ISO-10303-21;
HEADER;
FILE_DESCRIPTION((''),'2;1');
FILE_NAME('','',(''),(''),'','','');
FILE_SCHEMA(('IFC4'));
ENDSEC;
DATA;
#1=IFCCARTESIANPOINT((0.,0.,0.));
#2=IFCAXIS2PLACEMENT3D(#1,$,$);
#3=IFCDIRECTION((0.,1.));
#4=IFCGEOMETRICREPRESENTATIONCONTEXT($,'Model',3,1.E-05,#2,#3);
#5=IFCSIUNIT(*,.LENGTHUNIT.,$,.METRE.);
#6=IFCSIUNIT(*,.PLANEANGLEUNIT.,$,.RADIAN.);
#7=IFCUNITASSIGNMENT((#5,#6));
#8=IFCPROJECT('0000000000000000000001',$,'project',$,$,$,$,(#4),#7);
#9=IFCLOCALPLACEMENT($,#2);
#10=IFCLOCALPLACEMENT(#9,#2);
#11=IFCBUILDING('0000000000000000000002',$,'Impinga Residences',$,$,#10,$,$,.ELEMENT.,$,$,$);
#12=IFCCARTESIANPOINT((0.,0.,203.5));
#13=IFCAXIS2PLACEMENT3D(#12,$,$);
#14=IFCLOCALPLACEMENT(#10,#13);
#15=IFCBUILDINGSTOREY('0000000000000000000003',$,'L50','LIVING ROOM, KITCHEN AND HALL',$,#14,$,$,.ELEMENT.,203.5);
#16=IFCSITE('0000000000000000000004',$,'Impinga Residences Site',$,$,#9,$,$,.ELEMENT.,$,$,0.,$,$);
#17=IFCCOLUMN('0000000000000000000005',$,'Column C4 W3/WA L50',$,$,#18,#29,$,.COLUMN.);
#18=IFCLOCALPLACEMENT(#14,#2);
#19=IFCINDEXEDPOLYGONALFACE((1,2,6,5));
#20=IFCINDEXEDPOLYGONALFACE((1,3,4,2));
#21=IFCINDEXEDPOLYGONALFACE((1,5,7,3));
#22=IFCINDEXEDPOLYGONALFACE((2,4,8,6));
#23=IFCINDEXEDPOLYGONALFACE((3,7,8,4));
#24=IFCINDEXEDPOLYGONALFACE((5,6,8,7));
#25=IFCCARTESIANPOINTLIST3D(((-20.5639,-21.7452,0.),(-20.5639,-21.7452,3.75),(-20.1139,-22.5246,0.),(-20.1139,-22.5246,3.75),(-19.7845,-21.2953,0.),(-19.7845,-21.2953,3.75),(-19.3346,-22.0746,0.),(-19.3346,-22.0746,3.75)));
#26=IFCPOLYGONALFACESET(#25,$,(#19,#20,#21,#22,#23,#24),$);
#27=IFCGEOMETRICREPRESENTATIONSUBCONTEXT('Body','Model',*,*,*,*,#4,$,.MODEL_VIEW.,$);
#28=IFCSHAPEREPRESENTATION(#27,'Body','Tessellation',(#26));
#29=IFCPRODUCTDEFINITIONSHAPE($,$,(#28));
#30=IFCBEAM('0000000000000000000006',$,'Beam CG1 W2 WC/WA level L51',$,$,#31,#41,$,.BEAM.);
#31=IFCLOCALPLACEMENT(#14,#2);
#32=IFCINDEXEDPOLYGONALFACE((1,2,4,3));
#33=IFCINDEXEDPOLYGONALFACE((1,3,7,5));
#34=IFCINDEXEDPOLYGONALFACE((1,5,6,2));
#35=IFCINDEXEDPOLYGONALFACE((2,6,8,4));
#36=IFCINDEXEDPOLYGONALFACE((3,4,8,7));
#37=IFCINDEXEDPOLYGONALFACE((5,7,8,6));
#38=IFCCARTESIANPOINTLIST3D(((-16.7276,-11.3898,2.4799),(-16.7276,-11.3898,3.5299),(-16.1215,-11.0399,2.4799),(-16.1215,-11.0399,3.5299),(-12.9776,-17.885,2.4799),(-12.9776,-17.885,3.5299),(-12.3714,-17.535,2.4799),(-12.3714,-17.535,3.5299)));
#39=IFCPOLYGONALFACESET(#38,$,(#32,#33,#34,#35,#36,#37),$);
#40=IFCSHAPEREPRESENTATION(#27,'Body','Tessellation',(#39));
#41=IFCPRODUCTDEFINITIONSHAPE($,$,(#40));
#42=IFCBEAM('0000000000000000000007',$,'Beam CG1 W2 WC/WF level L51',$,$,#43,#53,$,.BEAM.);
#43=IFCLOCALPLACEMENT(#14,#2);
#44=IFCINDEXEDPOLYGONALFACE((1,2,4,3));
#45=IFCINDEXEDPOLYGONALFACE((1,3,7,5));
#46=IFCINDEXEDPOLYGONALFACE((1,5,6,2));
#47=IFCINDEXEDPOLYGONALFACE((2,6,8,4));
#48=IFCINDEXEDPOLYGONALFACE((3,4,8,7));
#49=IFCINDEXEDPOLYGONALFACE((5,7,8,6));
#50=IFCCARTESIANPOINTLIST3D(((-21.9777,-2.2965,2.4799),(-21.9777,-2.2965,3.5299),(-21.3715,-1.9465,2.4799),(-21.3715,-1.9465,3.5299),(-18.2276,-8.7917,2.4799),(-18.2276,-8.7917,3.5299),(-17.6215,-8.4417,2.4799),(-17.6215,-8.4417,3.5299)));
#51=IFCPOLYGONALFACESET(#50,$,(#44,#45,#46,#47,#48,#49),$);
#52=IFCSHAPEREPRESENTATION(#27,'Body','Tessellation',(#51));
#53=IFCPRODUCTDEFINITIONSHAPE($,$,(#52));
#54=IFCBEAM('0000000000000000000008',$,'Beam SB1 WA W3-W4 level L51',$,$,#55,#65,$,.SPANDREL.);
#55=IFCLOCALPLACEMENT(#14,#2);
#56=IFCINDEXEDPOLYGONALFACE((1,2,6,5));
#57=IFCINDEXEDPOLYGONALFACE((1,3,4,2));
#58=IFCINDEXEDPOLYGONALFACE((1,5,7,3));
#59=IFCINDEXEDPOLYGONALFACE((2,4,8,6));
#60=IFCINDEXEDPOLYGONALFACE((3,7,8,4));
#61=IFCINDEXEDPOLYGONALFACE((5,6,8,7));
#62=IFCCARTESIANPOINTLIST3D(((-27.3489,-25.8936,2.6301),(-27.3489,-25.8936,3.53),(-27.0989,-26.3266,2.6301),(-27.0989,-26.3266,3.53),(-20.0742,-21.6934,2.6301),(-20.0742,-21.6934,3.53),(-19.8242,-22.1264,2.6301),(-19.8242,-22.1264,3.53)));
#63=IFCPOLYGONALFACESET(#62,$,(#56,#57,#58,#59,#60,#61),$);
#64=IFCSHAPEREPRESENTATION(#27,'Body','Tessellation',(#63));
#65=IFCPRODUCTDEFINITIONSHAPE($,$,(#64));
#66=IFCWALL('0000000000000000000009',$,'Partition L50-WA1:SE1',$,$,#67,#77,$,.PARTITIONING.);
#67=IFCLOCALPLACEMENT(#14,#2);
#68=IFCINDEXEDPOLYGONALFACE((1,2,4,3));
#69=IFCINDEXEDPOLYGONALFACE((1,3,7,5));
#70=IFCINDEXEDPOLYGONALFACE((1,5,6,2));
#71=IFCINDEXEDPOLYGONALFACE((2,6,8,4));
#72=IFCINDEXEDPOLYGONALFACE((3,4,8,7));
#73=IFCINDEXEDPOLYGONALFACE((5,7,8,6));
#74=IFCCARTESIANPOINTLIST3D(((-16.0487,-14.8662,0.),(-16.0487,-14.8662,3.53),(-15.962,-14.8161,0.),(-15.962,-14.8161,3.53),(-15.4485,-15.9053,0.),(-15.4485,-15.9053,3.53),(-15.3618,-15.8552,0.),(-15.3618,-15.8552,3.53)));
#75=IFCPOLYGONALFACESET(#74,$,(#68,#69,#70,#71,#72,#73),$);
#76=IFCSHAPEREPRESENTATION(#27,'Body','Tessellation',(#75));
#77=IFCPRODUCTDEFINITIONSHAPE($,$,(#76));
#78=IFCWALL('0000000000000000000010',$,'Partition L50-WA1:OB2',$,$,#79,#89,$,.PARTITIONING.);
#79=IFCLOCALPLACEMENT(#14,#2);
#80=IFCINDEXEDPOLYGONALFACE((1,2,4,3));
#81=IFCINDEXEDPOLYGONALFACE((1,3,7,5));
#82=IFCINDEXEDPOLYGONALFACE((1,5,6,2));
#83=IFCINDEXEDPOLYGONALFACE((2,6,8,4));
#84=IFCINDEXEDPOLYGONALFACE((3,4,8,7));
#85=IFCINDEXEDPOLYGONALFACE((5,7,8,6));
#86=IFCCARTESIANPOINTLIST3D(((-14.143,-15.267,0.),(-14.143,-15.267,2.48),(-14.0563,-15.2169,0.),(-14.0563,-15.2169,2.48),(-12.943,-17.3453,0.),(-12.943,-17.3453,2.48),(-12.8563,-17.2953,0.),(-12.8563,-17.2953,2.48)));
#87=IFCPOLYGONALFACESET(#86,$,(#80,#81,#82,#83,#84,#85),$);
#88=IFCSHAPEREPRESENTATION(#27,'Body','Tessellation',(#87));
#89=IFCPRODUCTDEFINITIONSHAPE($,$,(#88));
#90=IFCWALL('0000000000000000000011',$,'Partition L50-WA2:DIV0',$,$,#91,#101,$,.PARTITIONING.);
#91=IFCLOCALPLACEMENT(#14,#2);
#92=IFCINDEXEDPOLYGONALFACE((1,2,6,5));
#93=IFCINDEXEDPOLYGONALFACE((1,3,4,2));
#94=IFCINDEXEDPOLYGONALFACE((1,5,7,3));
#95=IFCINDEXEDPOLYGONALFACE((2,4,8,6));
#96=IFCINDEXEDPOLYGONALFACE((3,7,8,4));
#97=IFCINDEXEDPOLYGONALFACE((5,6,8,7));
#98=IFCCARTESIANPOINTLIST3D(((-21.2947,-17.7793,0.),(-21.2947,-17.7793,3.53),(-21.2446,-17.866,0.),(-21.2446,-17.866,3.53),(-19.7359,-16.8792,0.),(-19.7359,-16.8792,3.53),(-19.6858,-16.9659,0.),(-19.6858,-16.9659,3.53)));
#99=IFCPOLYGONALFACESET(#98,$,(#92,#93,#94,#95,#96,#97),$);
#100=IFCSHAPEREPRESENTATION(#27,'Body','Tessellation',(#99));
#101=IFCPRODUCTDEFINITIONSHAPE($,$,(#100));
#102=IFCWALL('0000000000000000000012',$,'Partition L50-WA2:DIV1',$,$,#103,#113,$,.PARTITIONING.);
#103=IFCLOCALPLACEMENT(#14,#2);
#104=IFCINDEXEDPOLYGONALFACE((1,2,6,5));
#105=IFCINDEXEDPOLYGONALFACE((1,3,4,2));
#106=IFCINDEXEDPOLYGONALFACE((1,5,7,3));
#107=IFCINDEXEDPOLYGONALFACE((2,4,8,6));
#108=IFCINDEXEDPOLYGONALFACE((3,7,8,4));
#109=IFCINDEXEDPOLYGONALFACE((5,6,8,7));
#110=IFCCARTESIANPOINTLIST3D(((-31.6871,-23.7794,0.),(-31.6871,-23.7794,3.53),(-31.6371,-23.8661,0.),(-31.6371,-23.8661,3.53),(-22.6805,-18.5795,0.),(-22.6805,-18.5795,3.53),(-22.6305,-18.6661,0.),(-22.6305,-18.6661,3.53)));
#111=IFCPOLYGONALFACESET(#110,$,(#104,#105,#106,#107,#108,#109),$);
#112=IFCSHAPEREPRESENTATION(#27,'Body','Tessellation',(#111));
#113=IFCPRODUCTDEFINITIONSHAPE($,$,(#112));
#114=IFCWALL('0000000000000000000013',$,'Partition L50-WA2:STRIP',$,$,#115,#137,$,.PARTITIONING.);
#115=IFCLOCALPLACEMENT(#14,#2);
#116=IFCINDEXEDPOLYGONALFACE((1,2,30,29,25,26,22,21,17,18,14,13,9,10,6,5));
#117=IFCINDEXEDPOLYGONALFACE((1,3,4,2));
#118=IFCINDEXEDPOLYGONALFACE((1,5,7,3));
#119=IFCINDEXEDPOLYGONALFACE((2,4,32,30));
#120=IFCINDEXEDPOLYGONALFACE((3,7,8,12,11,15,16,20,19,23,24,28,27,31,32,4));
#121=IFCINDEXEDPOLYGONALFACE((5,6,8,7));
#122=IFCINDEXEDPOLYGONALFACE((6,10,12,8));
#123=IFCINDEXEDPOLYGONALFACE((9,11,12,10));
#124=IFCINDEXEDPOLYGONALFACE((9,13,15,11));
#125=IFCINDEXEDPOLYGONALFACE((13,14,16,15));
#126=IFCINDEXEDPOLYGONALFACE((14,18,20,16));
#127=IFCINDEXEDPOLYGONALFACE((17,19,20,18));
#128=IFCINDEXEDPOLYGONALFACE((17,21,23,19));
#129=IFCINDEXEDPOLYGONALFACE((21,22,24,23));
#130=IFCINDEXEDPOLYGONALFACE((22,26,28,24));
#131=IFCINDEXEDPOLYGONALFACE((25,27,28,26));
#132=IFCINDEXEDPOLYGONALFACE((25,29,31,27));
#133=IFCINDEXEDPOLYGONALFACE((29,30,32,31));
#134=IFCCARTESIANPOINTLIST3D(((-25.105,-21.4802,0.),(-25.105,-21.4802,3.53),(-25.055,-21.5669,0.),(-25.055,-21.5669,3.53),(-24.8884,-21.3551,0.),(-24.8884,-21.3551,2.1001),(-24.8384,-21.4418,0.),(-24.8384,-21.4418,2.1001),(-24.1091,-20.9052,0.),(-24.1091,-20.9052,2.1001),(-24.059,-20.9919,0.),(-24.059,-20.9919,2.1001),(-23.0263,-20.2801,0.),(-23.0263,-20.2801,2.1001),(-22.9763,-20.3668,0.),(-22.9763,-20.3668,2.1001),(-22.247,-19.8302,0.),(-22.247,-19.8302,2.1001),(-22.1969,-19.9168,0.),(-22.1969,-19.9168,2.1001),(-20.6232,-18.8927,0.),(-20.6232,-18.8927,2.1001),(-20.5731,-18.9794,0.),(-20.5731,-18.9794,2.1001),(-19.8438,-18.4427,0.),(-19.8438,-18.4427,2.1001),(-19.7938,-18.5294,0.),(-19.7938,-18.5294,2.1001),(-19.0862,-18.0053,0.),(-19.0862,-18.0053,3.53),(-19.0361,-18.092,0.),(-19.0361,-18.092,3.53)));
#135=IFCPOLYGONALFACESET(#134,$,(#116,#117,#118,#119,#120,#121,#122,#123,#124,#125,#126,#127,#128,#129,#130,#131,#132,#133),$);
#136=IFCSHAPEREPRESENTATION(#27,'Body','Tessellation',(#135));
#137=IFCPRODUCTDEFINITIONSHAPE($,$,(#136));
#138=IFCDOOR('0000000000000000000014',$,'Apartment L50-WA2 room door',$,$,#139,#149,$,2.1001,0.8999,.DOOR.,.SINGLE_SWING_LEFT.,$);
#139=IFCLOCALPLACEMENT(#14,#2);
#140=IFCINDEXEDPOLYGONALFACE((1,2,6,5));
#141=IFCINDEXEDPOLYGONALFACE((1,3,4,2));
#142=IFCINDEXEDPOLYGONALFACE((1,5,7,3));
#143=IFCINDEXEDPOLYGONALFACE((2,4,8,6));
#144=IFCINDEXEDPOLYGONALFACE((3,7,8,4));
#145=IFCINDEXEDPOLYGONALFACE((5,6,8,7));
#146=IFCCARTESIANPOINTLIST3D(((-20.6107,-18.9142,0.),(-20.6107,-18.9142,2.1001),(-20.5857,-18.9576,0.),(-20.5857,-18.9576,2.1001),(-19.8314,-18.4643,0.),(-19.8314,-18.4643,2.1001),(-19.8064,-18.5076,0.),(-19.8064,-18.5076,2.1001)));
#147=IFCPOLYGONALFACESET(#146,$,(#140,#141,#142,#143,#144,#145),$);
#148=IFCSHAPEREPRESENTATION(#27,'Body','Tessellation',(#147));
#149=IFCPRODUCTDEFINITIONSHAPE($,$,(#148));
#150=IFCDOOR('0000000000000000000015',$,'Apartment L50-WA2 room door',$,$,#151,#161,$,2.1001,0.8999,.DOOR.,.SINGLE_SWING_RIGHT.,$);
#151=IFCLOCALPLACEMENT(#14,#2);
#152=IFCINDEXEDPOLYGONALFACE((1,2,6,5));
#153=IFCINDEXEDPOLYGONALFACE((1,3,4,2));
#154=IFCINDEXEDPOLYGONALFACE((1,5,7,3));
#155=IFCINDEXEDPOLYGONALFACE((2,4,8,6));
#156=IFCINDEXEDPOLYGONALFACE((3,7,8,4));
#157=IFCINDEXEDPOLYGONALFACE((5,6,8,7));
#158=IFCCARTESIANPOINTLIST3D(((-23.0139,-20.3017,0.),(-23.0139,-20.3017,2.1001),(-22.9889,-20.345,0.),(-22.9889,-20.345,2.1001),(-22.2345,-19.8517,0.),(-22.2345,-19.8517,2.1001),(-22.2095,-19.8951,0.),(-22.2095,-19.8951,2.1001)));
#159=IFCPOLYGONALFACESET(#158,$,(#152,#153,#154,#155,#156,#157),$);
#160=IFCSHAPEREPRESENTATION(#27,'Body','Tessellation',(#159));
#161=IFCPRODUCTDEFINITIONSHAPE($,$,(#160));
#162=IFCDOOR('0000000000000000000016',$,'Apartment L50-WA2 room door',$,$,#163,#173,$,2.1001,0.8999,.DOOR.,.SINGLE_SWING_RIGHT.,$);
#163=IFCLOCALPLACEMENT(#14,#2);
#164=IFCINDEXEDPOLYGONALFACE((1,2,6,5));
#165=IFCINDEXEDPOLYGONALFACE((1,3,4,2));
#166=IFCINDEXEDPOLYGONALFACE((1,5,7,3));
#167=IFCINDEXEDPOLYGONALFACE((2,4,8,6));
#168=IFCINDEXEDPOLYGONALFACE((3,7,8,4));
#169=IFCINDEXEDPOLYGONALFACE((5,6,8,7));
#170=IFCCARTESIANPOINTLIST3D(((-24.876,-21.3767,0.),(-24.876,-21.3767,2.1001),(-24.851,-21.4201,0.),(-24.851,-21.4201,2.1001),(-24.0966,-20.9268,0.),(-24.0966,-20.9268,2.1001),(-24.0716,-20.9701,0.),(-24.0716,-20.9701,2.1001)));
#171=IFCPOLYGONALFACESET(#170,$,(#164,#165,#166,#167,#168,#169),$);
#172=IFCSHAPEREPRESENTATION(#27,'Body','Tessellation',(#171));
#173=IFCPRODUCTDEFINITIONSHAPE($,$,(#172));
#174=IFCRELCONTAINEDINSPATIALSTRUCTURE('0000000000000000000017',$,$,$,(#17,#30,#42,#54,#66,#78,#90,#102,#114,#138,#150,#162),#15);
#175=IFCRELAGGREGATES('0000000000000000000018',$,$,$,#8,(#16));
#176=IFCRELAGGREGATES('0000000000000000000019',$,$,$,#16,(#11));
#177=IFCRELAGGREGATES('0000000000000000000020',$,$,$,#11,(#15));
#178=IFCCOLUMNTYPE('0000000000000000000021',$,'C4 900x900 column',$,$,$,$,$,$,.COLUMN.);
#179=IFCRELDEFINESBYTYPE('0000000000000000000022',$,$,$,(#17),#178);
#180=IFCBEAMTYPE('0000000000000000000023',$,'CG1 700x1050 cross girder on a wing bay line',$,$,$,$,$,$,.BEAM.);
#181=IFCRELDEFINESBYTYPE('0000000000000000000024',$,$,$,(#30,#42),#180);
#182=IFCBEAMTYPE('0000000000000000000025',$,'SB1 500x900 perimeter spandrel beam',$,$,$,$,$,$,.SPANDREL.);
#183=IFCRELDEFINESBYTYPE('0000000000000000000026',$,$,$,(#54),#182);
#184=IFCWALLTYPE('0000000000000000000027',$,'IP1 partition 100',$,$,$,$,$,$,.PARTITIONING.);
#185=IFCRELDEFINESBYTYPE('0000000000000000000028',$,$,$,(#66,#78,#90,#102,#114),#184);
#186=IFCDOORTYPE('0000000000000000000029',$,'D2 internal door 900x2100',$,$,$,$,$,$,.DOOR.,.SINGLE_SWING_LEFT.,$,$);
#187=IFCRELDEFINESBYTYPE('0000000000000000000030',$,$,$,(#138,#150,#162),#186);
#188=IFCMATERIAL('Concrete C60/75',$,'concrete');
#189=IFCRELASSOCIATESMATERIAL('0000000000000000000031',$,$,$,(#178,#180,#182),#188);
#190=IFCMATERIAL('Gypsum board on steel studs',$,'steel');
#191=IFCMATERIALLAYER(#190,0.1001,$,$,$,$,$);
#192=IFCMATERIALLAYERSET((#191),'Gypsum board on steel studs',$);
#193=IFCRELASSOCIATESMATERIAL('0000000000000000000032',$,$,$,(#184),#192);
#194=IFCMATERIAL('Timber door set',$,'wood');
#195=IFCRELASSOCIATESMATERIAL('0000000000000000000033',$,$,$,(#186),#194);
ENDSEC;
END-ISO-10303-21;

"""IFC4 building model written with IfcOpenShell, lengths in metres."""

from ifc_helpers import new_model, si_unit, direction, frame, frame_2d, origin, origin_2d, place, context, subcontext, project, spatial, rectangle, extrude, material, layer, layer_set, material_profile, profile_set, type_object, element, fill, save


model = new_model("IFC4")

# Units and contexts
model_context = context("Model", 3, precision=1e-05, world=origin(), true_north=direction((0.0, 1.0)))
body_context = subcontext(model_context, "Body", "Model", "MODEL_VIEW")
ifc_project = project(units=[si_unit("LENGTHUNIT", "METRE"), si_unit("PLANEANGLEUNIT", "RADIAN")], contexts=[model_context])

# Site, building, storey
site_placement = place(None, origin())
site = spatial("IfcSite", under=ifc_project, at=site_placement, Name="Impinga Residences Site", CompositionType="ELEMENT", RefElevation=0.0)
building_placement = place(site_placement, origin())
building = spatial("IfcBuilding", under=site, at=building_placement, Name="Impinga Residences", CompositionType="ELEMENT")
storey_placement = place(building_placement, frame((0.0, 0.0, 203.5)))
storey = spatial("IfcBuildingStorey", under=building, at=storey_placement, Name="L50", Description="LIVING ROOM, KITCHEN AND HALL", CompositionType="ELEMENT", Elevation=203.5)

# Column
ifc_material_1 = material(Name="Concrete C60/75", Category="concrete")
ifc_material_profile_1 = material_profile(ifc_material_1, rectangle(XDim=0.8999, YDim=0.8999, at=origin_2d()), Name="RC 900x900")
ifc_profile_set_1 = profile_set([ifc_material_profile_1], Name="Concrete C60/75")
column_type = type_object("IfcColumnType", Name="C4 900x900 column", PredefinedType="COLUMN", material=ifc_profile_set_1)
column_placement = place(storey_placement, frame((-19.9492, -21.9099, 0.0), z_axis=(0.0, 0.0, 1.0), x_axis=(-0.5, 0.866025, 0.0)))
element("IfcColumn", 1, at=column_placement, inside=storey, type_object=column_type, Name="Column C4 W3/WA L50", PredefinedType="COLUMN", context=body_context, shape_type="SweptSolid", body=[
    extrude(rectangle(XDim=0.8999, YDim=0.8999, at=origin_2d()), origin(), (0.0, 0.0, 1.0), 3.75),
])

# Beams
ifc_material_profile_2 = material_profile(ifc_material_1, rectangle(XDim=0.7, YDim=1.05, at=origin_2d()), Name="RC 700x1050")
ifc_profile_set_2 = profile_set([ifc_material_profile_2], Name="Concrete C60/75")
beam_type_1 = type_object("IfcBeamType", Name="CG1 700x1050 cross girder on a wing bay line", PredefinedType="BEAM", material=ifc_profile_set_2)
for number, where, z_axis, x_axis, name in (
    (2, (-16.4246, -11.2148, 3.0049), (0.500004, -0.866023, 0.0), (0.866023, 0.500004, 0.0), "Beam CG1 W2 WC/WA level L51"),
    (3, (-17.9246, -8.6167, 3.0049), (-0.500004, 0.866023, 0.0), (-0.866023, -0.500004, 0.0), "Beam CG1 W2 WC/WF level L51"),
):
    element("IfcBeam", number, at=place(storey_placement, frame(where, z_axis=z_axis, x_axis=x_axis)), inside=storey, type_object=beam_type_1, Name=name, PredefinedType="BEAM", context=body_context, shape_type="SweptSolid", body=[
        extrude(rectangle(XDim=0.7, YDim=1.05, at=origin_2d()), origin(), (0.0, 0.0, 1.0), 7.5),
    ])
ifc_material_profile_3 = material_profile(ifc_material_1, rectangle(XDim=0.5, YDim=0.8999, at=origin_2d()), Name="RC 500x900")
ifc_profile_set_3 = profile_set([ifc_material_profile_3], Name="Concrete C60/75")
beam_type_2 = type_object("IfcBeamType", Name="SB1 500x900 perimeter spandrel beam", PredefinedType="SPANDREL", material=ifc_profile_set_3)
beam_placement = place(storey_placement, frame((-19.9492, -21.9099, 3.0801), z_axis=(-0.866017, -0.500015, 0.0), x_axis=(0.500015, -0.866017, 0.0)))
element("IfcBeam", 4, at=beam_placement, inside=storey, type_object=beam_type_2, Name="Beam SB1 WA W3-W4 level L51", PredefinedType="SPANDREL", context=body_context, shape_type="SweptSolid", body=[
    extrude(rectangle(XDim=0.5, YDim=0.8999, at=origin_2d()), origin(), (0.0, 0.0, 1.0), 8.4001),
])

# Walls
ifc_material_2 = material(Name="Gypsum board on steel studs", Category="steel")
ifc_layer_1 = layer(ifc_material_2, 0.1001)
ifc_layer_set_1 = layer_set([ifc_layer_1], Name="Gypsum board on steel studs")
wall_type_1 = type_object("IfcWallType", Name="IP1 partition 100", PredefinedType="PARTITIONING", material=ifc_layer_set_1)
wall_1_placement = place(storey_placement, frame((-16.0054, -14.8411, 0.0), z_axis=(0.0, 0.0, 1.0), x_axis=(0.500122, -0.865955, 0.0)))
element("IfcWall", 5, at=wall_1_placement, inside=storey, type_object=wall_type_1, Name="Partition L50-WA1:SE1", PredefinedType="PARTITIONING", context=body_context, shape_type="SweptSolid", body=[
    extrude(rectangle(XDim=1.2, YDim=0.1001, at=frame_2d((0.6001, 0.0))), origin(), (0.0, 0.0, 1.0), 3.53),
])
wall_2_placement = place(storey_placement, frame((-14.0996, -15.2419, 0.0), z_axis=(0.0, 0.0, 1.0), x_axis=(0.500001, -0.866025, 0.0)))
element("IfcWall", 6, at=wall_2_placement, inside=storey, type_object=wall_type_1, Name="Partition L50-WA1:OB2", PredefinedType="PARTITIONING", context=body_context, shape_type="SweptSolid", body=[
    extrude(rectangle(XDim=2.3999, YDim=0.1001, at=frame_2d((1.2, 0.0))), origin(), (0.0, 0.0, 1.0), 2.48),
])
wall_3_placement = place(storey_placement, frame((-19.7109, -16.9226, 0.0), z_axis=(0.0, 0.0, 1.0), x_axis=(-0.865989, -0.500063, 0.0)))
element("IfcWall", 7, at=wall_3_placement, inside=storey, type_object=wall_type_1, Name="Partition L50-WA2:DIV0", PredefinedType="PARTITIONING", context=body_context, shape_type="SweptSolid", body=[
    extrude(rectangle(XDim=1.8, YDim=0.1001, at=frame_2d((0.8999, 0.0))), origin(), (0.0, 0.0, 1.0), 3.53),
])
wall_4_placement = place(storey_placement, frame((-22.6555, -18.6228, 0.0), z_axis=(0.0, 0.0, 1.0), x_axis=(-0.866026, -0.499999, 0.0)))
element("IfcWall", 8, at=wall_4_placement, inside=storey, type_object=wall_type_1, Name="Partition L50-WA2:DIV1", PredefinedType="PARTITIONING", context=body_context, shape_type="SweptSolid", body=[
    extrude(rectangle(XDim=10.3999, YDim=0.1001, at=frame_2d((5.2, 0.0))), origin(), (0.0, 0.0, 1.0), 3.53),
])

# Wall, openings, doors
wall_5_placement = place(storey_placement, frame((-19.061, -18.0486, 0.0), z_axis=(0.0, 0.0, 1.0), x_axis=(-0.866032, -0.499989, 0.0)))
wall_5 = element("IfcWall", 9, at=wall_5_placement, inside=storey, type_object=wall_type_1, Name="Partition L50-WA2:STRIP", PredefinedType="PARTITIONING", context=body_context, shape_type="SweptSolid", body=[
    extrude(rectangle(XDim=6.95, YDim=0.1001, at=frame_2d((3.4751, 0.0))), origin(), (0.0, 0.0, 1.0), 3.53),
])
opening_1_placement = place(wall_5_placement, frame((0.875, 0.0, 0.0)))
opening_1 = element("IfcOpeningElement", 10, at=opening_1_placement, cuts=wall_5, PredefinedType="OPENING", context=body_context, shape_type="SweptSolid", body=[
    extrude(rectangle(XDim=0.8999, YDim=2.1001, at=frame_2d((0.45, 1.05))), frame((0.0, 0.0601, 0.0), z_axis=(0.0, -1.0, 0.0), x_axis=(1.0, 0.0, 0.0)), (0.0, 0.0, 1.0), 0.1201),
])
opening_2_placement = place(wall_5_placement, frame((3.6499, 0.0, 0.0)))
opening_2 = element("IfcOpeningElement", 11, at=opening_2_placement, cuts=wall_5, PredefinedType="OPENING", context=body_context, shape_type="SweptSolid", body=[
    extrude(rectangle(XDim=0.8999, YDim=2.1001, at=frame_2d((0.45, 1.05))), frame((0.0, 0.0601, 0.0), z_axis=(0.0, -1.0, 0.0), x_axis=(1.0, 0.0, 0.0)), (0.0, 0.0, 1.0), 0.1201),
])
opening_3_placement = place(wall_5_placement, frame((5.8, 0.0, 0.0)))
opening_3 = element("IfcOpeningElement", 12, at=opening_3_placement, cuts=wall_5, PredefinedType="OPENING", context=body_context, shape_type="SweptSolid", body=[
    extrude(rectangle(XDim=0.8999, YDim=2.1001, at=frame_2d((0.45, 1.05))), frame((0.0, 0.0601, 0.0), z_axis=(0.0, -1.0, 0.0), x_axis=(1.0, 0.0, 0.0)), (0.0, 0.0, 1.0), 0.1201),
])
ifc_material_3 = material(Name="Timber door set", Category="wood")
door_type = type_object("IfcDoorType", Name="D2 internal door 900x2100", OperationType="SINGLE_SWING_LEFT", PredefinedType="DOOR", material=ifc_material_3)
door_1_placement = place(opening_1_placement, origin())
door_1 = element("IfcDoor", 13, at=door_1_placement, inside=storey, type_object=door_type, Name="Apartment L50-WA2 room door", OperationType="SINGLE_SWING_LEFT", OverallHeight=2.1001, OverallWidth=0.8999, PredefinedType="DOOR", context=body_context, shape_type="SweptSolid", body=[
    extrude(rectangle(XDim=0.8999, YDim=2.1001, at=frame_2d((0.45, 1.05))), frame((0.0, 0.0249, 0.0), z_axis=(0.0, -1.0, 0.0), x_axis=(1.0, 0.0, 0.0)), (0.0, 0.0, 1.0), 0.05),
])
fill(opening_1, door_1)
door_2_placement = place(opening_2_placement, origin())
door_2 = element("IfcDoor", 14, at=door_2_placement, inside=storey, type_object=door_type, Name="Apartment L50-WA2 room door", OperationType="SINGLE_SWING_RIGHT", OverallHeight=2.1001, OverallWidth=0.8999, PredefinedType="DOOR", context=body_context, shape_type="SweptSolid", body=[
    extrude(rectangle(XDim=0.8999, YDim=2.1001, at=frame_2d((0.45, 1.05))), frame((0.0, 0.0249, 0.0), z_axis=(0.0, -1.0, 0.0), x_axis=(1.0, 0.0, 0.0)), (0.0, 0.0, 1.0), 0.05),
])
fill(opening_2, door_2)
door_3_placement = place(opening_3_placement, origin())
door_3 = element("IfcDoor", 15, at=door_3_placement, inside=storey, type_object=door_type, Name="Apartment L50-WA2 room door", OperationType="SINGLE_SWING_RIGHT", OverallHeight=2.1001, OverallWidth=0.8999, PredefinedType="DOOR", context=body_context, shape_type="SweptSolid", body=[
    extrude(rectangle(XDim=0.8999, YDim=2.1001, at=frame_2d((0.45, 1.05))), frame((0.0, 0.0249, 0.0), z_axis=(0.0, -1.0, 0.0), x_axis=(1.0, 0.0, 0.0)), (0.0, 0.0, 1.0), 0.05),
])
fill(opening_3, door_3)

save(model, "model.ifc")
